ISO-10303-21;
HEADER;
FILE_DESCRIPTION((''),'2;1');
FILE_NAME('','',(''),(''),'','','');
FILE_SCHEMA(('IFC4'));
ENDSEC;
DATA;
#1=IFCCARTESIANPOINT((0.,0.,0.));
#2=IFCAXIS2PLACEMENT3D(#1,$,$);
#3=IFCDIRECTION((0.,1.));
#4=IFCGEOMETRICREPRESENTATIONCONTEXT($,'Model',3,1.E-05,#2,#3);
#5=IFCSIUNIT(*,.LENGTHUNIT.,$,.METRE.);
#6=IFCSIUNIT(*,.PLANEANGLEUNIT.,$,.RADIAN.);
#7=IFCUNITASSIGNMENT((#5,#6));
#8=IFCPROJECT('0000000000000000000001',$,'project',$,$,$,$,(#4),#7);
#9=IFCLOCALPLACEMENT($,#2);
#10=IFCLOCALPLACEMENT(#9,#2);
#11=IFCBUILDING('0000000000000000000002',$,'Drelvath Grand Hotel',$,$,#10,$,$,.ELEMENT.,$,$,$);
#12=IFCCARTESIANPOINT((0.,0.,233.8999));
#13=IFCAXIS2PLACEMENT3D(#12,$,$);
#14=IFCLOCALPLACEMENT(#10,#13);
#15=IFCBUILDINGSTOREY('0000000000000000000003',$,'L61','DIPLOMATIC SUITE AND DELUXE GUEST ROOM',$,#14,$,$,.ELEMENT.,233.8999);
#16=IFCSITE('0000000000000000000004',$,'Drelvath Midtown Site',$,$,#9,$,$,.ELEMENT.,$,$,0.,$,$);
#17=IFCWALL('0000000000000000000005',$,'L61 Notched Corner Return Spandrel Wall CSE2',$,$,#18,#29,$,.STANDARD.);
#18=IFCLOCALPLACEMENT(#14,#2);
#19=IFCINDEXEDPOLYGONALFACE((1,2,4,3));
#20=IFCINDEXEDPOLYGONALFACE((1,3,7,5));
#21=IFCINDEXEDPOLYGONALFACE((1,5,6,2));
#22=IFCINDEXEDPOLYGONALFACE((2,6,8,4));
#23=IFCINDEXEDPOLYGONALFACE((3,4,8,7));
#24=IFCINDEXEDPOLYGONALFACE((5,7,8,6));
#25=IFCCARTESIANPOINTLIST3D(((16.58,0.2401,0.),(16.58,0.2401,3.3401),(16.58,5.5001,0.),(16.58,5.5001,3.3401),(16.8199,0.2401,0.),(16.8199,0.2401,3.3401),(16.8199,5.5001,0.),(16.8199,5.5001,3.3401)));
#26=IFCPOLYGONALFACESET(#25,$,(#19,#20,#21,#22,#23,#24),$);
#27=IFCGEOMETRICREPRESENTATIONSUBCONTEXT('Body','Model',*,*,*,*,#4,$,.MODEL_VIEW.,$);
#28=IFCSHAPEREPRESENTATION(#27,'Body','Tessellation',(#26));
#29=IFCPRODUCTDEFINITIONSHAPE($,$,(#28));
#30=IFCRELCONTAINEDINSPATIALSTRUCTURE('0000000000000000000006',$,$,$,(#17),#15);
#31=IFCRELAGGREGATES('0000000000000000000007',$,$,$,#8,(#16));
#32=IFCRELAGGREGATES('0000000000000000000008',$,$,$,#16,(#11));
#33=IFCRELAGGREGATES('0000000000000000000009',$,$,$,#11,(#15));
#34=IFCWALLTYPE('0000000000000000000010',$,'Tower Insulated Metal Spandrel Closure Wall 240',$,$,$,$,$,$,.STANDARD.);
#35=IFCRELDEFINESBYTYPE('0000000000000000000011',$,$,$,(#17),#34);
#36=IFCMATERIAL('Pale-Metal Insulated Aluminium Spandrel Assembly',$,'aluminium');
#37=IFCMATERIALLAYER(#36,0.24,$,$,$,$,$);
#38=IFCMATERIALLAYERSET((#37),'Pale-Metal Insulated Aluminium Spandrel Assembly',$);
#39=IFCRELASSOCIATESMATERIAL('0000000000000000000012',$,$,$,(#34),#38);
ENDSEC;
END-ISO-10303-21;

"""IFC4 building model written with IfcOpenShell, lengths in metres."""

from ifc_helpers import new_model, si_unit, direction, frame, frame_2d, origin, place, context, subcontext, project, spatial, rectangle, extrude, material, layer, layer_set, type_object, element, save


model = new_model("IFC4")

# Units and contexts
model_context = context("Model", 3, precision=1e-05, world=origin(), true_north=direction((0.0, 1.0)))
body_context = subcontext(model_context, "Body", "Model", "MODEL_VIEW")
ifc_project = project(units=[si_unit("LENGTHUNIT", "METRE"), si_unit("PLANEANGLEUNIT", "RADIAN")], contexts=[model_context])

# Site, building, storey
site_placement = place(None, origin())
site = spatial("IfcSite", under=ifc_project, at=site_placement, Name="Drelvath Midtown Site", CompositionType="ELEMENT", RefElevation=0.0)
building_placement = place(site_placement, origin())
building = spatial("IfcBuilding", under=site, at=building_placement, Name="Drelvath Grand Hotel", CompositionType="ELEMENT")
storey_placement = place(building_placement, frame((0.0, 0.0, 233.8999)))
storey = spatial("IfcBuildingStorey", under=building, at=storey_placement, Name="L61", Description="DIPLOMATIC SUITE AND DELUXE GUEST ROOM", CompositionType="ELEMENT", Elevation=233.8999)

# Wall
ifc_material_1 = material(Name="Pale-Metal Insulated Aluminium Spandrel Assembly", Category="aluminium")
ifc_layer_1 = layer(ifc_material_1, 0.24)
ifc_layer_set_1 = layer_set([ifc_layer_1], Name="Pale-Metal Insulated Aluminium Spandrel Assembly")
wall_type_1 = type_object("IfcWallType", Name="Tower Insulated Metal Spandrel Closure Wall 240", PredefinedType="STANDARD", material=ifc_layer_set_1)
wall_1_placement = place(storey_placement, frame((16.7, 5.5, 0.0), z_axis=(0.0, 0.0, 1.0), x_axis=(0.0, -1.0, 0.0)))
element("IfcWall", 1, at=wall_1_placement, inside=storey, type_object=wall_type_1, Name="L61 Notched Corner Return Spandrel Wall CSE2", PredefinedType="STANDARD", context=body_context, shape_type="SweptSolid", body=[
    extrude(rectangle(XDim=5.26, YDim=0.24, at=frame_2d((2.6299, 0.0))), origin(), (0.0, 0.0, 1.0), 3.3401),
])

save(model, "model.ifc")
